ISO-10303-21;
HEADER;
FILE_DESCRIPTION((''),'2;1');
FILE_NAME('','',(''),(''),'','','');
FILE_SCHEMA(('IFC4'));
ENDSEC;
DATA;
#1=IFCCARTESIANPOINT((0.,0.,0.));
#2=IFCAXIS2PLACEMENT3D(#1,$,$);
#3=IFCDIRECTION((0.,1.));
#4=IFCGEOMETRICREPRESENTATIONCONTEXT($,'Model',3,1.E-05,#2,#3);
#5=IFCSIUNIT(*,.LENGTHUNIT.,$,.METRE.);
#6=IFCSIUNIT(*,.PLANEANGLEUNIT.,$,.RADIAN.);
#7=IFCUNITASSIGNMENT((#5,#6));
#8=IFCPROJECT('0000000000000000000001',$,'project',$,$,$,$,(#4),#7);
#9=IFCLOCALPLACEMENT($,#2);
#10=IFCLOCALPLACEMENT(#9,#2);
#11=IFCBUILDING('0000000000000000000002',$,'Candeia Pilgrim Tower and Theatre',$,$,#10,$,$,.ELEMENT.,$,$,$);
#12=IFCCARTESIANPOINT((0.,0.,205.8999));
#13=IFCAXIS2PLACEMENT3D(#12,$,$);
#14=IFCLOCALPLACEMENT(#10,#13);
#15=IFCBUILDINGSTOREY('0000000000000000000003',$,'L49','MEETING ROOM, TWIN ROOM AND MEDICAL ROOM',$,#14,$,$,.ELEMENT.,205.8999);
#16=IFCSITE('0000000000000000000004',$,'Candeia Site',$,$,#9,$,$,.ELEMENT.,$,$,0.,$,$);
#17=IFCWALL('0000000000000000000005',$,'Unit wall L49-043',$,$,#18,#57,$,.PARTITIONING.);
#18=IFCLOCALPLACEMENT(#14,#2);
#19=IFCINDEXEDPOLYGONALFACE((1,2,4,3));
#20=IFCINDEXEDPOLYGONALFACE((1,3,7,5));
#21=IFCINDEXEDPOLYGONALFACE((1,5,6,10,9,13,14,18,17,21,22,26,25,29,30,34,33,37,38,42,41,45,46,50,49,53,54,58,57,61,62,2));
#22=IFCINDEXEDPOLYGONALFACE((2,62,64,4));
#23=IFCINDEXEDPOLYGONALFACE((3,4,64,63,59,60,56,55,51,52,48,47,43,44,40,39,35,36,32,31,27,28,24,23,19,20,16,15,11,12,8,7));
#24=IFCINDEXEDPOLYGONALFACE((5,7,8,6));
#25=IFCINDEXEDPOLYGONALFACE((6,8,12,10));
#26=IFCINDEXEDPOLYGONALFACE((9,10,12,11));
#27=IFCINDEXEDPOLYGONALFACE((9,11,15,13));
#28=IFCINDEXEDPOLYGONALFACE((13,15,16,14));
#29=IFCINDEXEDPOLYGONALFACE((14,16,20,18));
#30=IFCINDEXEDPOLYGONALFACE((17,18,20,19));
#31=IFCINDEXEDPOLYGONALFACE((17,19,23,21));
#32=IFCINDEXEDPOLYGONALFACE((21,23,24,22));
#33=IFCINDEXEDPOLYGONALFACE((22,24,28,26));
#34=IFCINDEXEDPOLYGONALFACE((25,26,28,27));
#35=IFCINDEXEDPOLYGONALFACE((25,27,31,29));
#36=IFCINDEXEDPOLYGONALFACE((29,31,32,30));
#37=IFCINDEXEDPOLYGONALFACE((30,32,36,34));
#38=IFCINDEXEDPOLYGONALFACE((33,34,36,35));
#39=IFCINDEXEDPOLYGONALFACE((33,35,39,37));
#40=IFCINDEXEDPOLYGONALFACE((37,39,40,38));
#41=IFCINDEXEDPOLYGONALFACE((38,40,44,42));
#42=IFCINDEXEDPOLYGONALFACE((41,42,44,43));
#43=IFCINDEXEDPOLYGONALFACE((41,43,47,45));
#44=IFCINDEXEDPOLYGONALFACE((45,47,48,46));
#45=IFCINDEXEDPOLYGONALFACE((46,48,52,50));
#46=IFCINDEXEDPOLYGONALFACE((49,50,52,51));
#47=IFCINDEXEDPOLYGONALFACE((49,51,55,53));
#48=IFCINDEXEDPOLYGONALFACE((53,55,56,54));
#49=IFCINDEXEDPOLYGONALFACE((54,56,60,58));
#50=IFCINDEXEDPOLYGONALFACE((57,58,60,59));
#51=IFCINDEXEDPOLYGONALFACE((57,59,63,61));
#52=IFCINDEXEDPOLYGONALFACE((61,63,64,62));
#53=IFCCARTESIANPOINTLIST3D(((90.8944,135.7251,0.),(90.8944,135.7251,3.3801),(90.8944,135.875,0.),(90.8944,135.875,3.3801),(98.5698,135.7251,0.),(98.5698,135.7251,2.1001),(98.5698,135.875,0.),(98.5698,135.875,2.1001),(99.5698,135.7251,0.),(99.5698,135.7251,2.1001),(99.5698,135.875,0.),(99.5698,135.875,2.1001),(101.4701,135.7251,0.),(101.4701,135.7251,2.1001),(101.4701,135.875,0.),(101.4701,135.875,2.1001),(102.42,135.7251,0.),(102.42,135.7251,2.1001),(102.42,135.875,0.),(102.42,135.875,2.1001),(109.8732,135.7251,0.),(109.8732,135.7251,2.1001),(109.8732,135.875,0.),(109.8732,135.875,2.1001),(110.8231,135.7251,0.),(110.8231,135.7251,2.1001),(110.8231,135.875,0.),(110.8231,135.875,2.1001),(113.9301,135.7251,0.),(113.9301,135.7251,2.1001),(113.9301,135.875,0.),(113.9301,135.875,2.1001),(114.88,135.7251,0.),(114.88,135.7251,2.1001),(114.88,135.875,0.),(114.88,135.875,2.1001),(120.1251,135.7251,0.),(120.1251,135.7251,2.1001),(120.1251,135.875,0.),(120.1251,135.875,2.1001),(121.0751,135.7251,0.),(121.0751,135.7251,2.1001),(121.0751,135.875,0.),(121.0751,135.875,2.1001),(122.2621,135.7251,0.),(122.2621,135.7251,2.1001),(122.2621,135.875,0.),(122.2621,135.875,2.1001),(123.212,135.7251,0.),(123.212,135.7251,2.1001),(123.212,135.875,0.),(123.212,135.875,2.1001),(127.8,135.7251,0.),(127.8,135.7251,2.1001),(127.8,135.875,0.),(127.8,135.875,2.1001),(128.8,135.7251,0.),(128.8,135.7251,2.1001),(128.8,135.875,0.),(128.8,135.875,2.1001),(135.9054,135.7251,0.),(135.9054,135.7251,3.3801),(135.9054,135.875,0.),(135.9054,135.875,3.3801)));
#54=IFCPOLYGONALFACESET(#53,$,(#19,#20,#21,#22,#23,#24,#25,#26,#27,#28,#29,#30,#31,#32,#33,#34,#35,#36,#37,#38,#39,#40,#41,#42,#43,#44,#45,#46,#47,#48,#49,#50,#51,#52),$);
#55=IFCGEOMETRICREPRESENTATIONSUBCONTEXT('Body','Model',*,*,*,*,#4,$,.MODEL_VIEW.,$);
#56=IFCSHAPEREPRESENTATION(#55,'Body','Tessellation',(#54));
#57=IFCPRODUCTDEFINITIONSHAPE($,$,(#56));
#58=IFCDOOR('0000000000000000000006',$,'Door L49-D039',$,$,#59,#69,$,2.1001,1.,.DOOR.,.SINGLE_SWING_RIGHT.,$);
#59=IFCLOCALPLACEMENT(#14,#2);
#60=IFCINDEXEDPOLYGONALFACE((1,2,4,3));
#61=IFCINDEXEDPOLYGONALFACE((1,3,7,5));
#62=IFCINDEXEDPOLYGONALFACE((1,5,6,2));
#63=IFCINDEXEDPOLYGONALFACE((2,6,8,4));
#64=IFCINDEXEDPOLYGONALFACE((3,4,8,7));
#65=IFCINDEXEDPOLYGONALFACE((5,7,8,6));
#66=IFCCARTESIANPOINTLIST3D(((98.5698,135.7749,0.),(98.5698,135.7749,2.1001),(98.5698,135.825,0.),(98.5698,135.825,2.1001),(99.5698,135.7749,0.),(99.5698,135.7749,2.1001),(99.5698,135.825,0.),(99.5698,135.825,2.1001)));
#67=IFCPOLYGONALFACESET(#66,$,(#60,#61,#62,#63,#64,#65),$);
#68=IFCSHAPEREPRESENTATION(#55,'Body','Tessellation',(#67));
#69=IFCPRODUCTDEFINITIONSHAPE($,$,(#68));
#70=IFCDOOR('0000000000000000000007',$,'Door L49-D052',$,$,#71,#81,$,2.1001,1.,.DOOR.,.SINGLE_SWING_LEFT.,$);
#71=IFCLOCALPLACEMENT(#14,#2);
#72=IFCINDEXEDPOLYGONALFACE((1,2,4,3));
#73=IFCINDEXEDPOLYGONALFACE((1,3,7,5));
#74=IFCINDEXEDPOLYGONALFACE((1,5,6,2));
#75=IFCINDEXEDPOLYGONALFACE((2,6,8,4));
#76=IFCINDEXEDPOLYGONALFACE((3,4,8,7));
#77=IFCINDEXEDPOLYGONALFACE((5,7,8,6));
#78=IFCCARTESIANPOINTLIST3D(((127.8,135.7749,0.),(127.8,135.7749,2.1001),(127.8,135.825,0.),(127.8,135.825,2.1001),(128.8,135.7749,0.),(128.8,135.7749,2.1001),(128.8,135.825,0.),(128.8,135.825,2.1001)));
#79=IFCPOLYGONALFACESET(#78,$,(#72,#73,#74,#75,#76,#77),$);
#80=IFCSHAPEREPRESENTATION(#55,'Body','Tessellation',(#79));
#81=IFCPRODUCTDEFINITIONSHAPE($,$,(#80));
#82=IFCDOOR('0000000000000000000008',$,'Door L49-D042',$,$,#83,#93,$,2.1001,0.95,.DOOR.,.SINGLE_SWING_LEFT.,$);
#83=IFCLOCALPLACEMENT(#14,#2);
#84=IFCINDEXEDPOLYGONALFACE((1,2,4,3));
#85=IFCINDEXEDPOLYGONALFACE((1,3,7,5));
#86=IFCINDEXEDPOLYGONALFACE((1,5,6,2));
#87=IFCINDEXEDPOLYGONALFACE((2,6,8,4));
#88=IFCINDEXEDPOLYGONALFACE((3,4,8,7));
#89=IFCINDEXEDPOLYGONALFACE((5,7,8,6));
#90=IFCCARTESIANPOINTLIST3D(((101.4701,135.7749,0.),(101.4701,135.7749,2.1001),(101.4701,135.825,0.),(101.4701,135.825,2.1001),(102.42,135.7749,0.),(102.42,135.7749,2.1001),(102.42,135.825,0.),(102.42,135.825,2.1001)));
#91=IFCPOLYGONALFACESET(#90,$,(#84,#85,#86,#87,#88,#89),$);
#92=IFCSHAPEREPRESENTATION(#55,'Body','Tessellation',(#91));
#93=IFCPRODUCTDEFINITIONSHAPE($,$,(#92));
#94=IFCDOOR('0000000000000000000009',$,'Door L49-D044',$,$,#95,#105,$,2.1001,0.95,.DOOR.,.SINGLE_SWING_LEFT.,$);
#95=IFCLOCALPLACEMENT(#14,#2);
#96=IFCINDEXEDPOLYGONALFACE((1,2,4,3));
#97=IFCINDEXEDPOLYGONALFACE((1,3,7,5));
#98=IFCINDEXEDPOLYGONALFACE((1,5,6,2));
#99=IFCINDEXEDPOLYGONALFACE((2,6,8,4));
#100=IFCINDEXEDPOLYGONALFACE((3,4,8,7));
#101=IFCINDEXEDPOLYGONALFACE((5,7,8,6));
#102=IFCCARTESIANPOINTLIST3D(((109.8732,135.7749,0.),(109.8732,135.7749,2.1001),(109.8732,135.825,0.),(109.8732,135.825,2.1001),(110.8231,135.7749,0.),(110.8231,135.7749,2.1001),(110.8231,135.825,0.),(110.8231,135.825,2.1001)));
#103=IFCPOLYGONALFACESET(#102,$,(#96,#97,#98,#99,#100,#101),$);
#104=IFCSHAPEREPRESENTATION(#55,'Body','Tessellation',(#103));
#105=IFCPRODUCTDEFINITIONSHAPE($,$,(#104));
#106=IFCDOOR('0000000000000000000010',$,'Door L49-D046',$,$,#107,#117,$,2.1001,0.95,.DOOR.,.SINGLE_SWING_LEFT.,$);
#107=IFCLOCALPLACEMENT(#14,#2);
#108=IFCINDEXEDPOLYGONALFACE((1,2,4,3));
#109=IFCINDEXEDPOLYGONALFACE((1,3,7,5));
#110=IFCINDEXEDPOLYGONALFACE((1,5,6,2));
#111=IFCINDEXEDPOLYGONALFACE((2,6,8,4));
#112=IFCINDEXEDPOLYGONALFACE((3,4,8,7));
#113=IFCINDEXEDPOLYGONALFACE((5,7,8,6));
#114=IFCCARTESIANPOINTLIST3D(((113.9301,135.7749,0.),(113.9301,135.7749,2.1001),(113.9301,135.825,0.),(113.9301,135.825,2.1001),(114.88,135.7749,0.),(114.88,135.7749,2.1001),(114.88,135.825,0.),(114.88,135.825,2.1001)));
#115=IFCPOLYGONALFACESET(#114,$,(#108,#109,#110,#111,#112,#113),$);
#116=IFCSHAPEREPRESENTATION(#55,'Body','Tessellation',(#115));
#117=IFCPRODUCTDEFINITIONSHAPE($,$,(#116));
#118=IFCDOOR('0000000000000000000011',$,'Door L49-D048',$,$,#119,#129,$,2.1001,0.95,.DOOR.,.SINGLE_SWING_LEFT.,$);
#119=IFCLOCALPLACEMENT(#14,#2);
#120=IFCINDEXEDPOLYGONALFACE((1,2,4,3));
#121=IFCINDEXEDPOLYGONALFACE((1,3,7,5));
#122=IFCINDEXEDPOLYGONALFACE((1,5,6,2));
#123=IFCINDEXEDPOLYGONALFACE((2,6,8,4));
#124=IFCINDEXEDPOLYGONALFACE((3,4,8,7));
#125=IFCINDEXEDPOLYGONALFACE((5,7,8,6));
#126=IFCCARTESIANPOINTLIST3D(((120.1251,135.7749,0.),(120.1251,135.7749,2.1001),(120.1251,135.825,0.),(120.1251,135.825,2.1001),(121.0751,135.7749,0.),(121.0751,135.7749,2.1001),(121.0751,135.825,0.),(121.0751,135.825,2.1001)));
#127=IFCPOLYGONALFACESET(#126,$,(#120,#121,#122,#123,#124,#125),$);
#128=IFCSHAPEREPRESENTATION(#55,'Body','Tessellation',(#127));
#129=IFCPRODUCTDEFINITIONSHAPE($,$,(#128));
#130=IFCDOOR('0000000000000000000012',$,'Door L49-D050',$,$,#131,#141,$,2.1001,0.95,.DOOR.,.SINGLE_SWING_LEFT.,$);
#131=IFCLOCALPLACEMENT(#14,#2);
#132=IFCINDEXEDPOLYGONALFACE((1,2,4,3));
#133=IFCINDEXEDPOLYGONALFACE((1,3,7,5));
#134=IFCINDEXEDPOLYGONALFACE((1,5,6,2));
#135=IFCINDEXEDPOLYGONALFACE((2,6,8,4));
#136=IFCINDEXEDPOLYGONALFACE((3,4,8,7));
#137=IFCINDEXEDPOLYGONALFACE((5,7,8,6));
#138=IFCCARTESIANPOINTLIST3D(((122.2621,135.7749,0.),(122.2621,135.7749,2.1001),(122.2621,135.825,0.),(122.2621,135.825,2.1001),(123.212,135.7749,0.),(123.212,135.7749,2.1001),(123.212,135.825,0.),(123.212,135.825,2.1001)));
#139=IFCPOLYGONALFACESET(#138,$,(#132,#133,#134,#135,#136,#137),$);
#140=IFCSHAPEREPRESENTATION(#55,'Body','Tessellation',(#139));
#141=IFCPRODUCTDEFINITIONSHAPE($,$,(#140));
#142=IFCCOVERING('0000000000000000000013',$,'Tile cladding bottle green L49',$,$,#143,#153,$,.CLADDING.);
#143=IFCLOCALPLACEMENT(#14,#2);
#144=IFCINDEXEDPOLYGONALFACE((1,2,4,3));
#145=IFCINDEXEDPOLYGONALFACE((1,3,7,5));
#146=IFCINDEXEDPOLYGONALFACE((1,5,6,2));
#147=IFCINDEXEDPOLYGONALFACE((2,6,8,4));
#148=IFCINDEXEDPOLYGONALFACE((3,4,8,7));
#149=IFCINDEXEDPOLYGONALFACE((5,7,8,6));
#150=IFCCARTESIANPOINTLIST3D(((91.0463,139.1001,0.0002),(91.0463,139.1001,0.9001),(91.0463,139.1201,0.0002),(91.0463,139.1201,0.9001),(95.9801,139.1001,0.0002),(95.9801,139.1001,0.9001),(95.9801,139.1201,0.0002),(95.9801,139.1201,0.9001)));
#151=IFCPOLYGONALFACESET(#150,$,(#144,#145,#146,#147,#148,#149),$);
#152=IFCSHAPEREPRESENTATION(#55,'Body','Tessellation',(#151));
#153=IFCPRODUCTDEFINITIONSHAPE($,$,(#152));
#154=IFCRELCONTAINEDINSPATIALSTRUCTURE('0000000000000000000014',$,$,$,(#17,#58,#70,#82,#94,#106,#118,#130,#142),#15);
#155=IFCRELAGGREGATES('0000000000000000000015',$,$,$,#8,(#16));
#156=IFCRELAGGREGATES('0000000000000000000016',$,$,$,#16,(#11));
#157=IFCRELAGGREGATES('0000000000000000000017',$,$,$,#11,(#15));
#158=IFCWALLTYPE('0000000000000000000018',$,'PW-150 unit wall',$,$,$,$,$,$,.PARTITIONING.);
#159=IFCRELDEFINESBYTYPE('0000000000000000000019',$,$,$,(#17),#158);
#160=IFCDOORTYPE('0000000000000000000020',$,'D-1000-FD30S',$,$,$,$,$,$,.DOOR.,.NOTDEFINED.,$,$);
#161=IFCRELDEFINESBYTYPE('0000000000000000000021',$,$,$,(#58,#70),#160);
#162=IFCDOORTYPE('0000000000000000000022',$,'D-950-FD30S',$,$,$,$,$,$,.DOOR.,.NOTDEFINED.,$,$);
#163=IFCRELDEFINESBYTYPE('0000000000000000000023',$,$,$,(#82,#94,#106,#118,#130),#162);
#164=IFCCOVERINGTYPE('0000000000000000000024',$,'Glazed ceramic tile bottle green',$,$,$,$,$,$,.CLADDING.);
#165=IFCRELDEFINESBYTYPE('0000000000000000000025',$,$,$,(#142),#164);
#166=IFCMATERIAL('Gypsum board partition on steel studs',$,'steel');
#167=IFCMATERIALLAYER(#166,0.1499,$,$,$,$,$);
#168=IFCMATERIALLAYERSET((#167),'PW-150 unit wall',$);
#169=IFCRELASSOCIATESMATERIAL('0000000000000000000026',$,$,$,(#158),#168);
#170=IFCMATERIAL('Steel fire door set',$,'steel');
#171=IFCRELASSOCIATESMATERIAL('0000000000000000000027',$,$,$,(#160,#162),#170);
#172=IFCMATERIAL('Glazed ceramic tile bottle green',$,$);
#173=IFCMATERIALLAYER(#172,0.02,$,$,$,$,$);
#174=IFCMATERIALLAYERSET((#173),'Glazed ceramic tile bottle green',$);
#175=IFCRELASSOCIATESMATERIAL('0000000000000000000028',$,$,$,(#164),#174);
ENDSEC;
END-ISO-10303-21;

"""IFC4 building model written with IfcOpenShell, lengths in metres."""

from ifc_helpers import new_model, si_unit, direction, frame, frame_2d, origin, origin_2d, place, context, subcontext, project, spatial, rectangle, extrude, material, layer, layer_set, type_object, element, fill, save


model = new_model("IFC4")

# Units and contexts
model_context = context("Model", 3, precision=1e-05, world=origin(), true_north=direction((0.0, 1.0)))
body_context = subcontext(model_context, "Body", "Model", "MODEL_VIEW")
ifc_project = project(units=[si_unit("LENGTHUNIT", "METRE"), si_unit("PLANEANGLEUNIT", "RADIAN")], contexts=[model_context])

# Site, building, storey
site_placement = place(None, origin())
site = spatial("IfcSite", under=ifc_project, at=site_placement, Name="Candeia Site", CompositionType="ELEMENT", RefElevation=0.0)
building_placement = place(site_placement, origin())
building = spatial("IfcBuilding", under=site, at=building_placement, Name="Candeia Pilgrim Tower and Theatre", CompositionType="ELEMENT")
storey_placement = place(building_placement, frame((0.0, 0.0, 205.8999)))
storey = spatial("IfcBuildingStorey", under=building, at=storey_placement, Name="L49", Description="MEETING ROOM, TWIN ROOM AND MEDICAL ROOM", CompositionType="ELEMENT", Elevation=205.8999)

# Shared definitions
ifc_material_1 = material(Name="Gypsum board partition on steel studs", Category="steel")

# Wall, openings, doors
ifc_layer_1 = layer(ifc_material_1, 0.1499)
ifc_layer_set_1 = layer_set([ifc_layer_1], Name="PW-150 unit wall")
wall_type_1 = type_object("IfcWallType", Name="PW-150 unit wall", PredefinedType="PARTITIONING", material=ifc_layer_set_1)
wall_1_placement = place(storey_placement, frame((90.8945, 135.8, 0.0), z_axis=(0.0, 0.0, 1.0), x_axis=(1.0, 0.0, 0.0)))
wall_1 = element("IfcWall", 1, at=wall_1_placement, inside=storey, type_object=wall_type_1, Name="Unit wall L49-043", PredefinedType="PARTITIONING", context=body_context, shape_type="SweptSolid", body=[
    extrude(rectangle(XDim=45.011, YDim=0.1499, at=frame_2d((22.5054, 0.0))), origin(), (0.0, 0.0, 1.0), 3.3801),
])
opening_1_placement = place(wall_1_placement, frame((7.6753, 0.0, 0.0)))
opening_1 = element("IfcOpeningElement", 2, at=opening_1_placement, cuts=wall_1, PredefinedType="OPENING", context=body_context, shape_type="SweptSolid", body=[
    extrude(rectangle(XDim=1.0, YDim=2.1001, at=frame_2d((0.5, 1.05))), frame((0.0, 0.085, 0.0), z_axis=(0.0, -1.0, 0.0), x_axis=(1.0, 0.0, 0.0)), (0.0, 0.0, 1.0), 0.1699),
])
opening_2_placement = place(wall_1_placement, frame((10.5754, 0.0, 0.0)))
opening_2 = element("IfcOpeningElement", 3, at=opening_2_placement, cuts=wall_1, PredefinedType="OPENING", context=body_context, shape_type="SweptSolid", body=[
    extrude(rectangle(XDim=0.95, YDim=2.1001, at=frame_2d((0.4751, 1.05))), frame((0.0, 0.085, 0.0), z_axis=(0.0, -1.0, 0.0), x_axis=(1.0, 0.0, 0.0)), (0.0, 0.0, 1.0), 0.1699),
])
opening_3_placement = place(wall_1_placement, frame((18.9785, 0.0, 0.0)))
opening_3 = element("IfcOpeningElement", 4, at=opening_3_placement, cuts=wall_1, PredefinedType="OPENING", context=body_context, shape_type="SweptSolid", body=[
    extrude(rectangle(XDim=0.95, YDim=2.1001, at=frame_2d((0.4751, 1.05))), frame((0.0, 0.085, 0.0), z_axis=(0.0, -1.0, 0.0), x_axis=(1.0, 0.0, 0.0)), (0.0, 0.0, 1.0), 0.1699),
])
opening_4_placement = place(wall_1_placement, frame((23.0354, 0.0, 0.0)))
opening_4 = element("IfcOpeningElement", 5, at=opening_4_placement, cuts=wall_1, PredefinedType="OPENING", context=body_context, shape_type="SweptSolid", body=[
    extrude(rectangle(XDim=0.95, YDim=2.1001, at=frame_2d((0.4751, 1.05))), frame((0.0, 0.085, 0.0), z_axis=(0.0, -1.0, 0.0), x_axis=(1.0, 0.0, 0.0)), (0.0, 0.0, 1.0), 0.1699),
])
opening_5_placement = place(wall_1_placement, frame((29.2305, 0.0, 0.0)))
opening_5 = element("IfcOpeningElement", 6, at=opening_5_placement, cuts=wall_1, PredefinedType="OPENING", context=body_context, shape_type="SweptSolid", body=[
    extrude(rectangle(XDim=0.95, YDim=2.1001, at=frame_2d((0.4751, 1.05))), frame((0.0, 0.085, 0.0), z_axis=(0.0, -1.0, 0.0), x_axis=(1.0, 0.0, 0.0)), (0.0, 0.0, 1.0), 0.1699),
])
opening_6_placement = place(wall_1_placement, frame((31.3674, 0.0, 0.0)))
opening_6 = element("IfcOpeningElement", 7, at=opening_6_placement, cuts=wall_1, PredefinedType="OPENING", context=body_context, shape_type="SweptSolid", body=[
    extrude(rectangle(XDim=0.95, YDim=2.1001, at=frame_2d((0.4751, 1.05))), frame((0.0, 0.085, 0.0), z_axis=(0.0, -1.0, 0.0), x_axis=(1.0, 0.0, 0.0)), (0.0, 0.0, 1.0), 0.1699),
])
opening_7_placement = place(wall_1_placement, frame((36.9055, 0.0, 0.0)))
opening_7 = element("IfcOpeningElement", 8, at=opening_7_placement, cuts=wall_1, PredefinedType="OPENING", context=body_context, shape_type="SweptSolid", body=[
    extrude(rectangle(XDim=1.0, YDim=2.1001, at=frame_2d((0.5, 1.05))), frame((0.0, 0.085, 0.0), z_axis=(0.0, -1.0, 0.0), x_axis=(1.0, 0.0, 0.0)), (0.0, 0.0, 1.0), 0.1699),
])
ifc_material_2 = material(Name="Steel fire door set", Category="steel")
door_type_1 = type_object("IfcDoorType", Name="D-1000-FD30S", OperationType="NOTDEFINED", PredefinedType="DOOR", material=ifc_material_2)
door_1_placement = place(opening_1_placement, origin())
door_1 = element("IfcDoor", 9, at=door_1_placement, inside=storey, type_object=door_type_1, Name="Door L49-D039", OperationType="SINGLE_SWING_RIGHT", OverallHeight=2.1001, OverallWidth=1.0, PredefinedType="DOOR", context=body_context, shape_type="SweptSolid", body=[
    extrude(rectangle(XDim=1.0, YDim=2.1001, at=frame_2d((0.5, 1.05))), frame((0.0, 0.0249, 0.0), z_axis=(0.0, -1.0, 0.0), x_axis=(1.0, 0.0, 0.0)), (0.0, 0.0, 1.0), 0.05),
])
fill(opening_1, door_1)
door_2_placement = place(opening_7_placement, origin())
door_2 = element("IfcDoor", 10, at=door_2_placement, inside=storey, type_object=door_type_1, Name="Door L49-D052", OperationType="SINGLE_SWING_LEFT", OverallHeight=2.1001, OverallWidth=1.0, PredefinedType="DOOR", context=body_context, shape_type="SweptSolid", body=[
    extrude(rectangle(XDim=1.0, YDim=2.1001, at=frame_2d((0.5, 1.05))), frame((0.0, 0.0249, 0.0), z_axis=(0.0, -1.0, 0.0), x_axis=(1.0, 0.0, 0.0)), (0.0, 0.0, 1.0), 0.05),
])
fill(opening_7, door_2)
door_type_2 = type_object("IfcDoorType", Name="D-950-FD30S", OperationType="NOTDEFINED", PredefinedType="DOOR", material=ifc_material_2)
door_3_placement = place(opening_2_placement, origin())
door_3 = element("IfcDoor", 11, at=door_3_placement, inside=storey, type_object=door_type_2, Name="Door L49-D042", OperationType="SINGLE_SWING_LEFT", OverallHeight=2.1001, OverallWidth=0.95, PredefinedType="DOOR", context=body_context, shape_type="SweptSolid", body=[
    extrude(rectangle(XDim=0.95, YDim=2.1001, at=frame_2d((0.4751, 1.05))), frame((0.0, 0.0249, 0.0), z_axis=(0.0, -1.0, 0.0), x_axis=(1.0, 0.0, 0.0)), (0.0, 0.0, 1.0), 0.05),
])
fill(opening_2, door_3)
door_4_placement = place(opening_3_placement, origin())
door_4 = element("IfcDoor", 12, at=door_4_placement, inside=storey, type_object=door_type_2, Name="Door L49-D044", OperationType="SINGLE_SWING_LEFT", OverallHeight=2.1001, OverallWidth=0.95, PredefinedType="DOOR", context=body_context, shape_type="SweptSolid", body=[
    extrude(rectangle(XDim=0.95, YDim=2.1001, at=frame_2d((0.4751, 1.05))), frame((0.0, 0.0249, 0.0), z_axis=(0.0, -1.0, 0.0), x_axis=(1.0, 0.0, 0.0)), (0.0, 0.0, 1.0), 0.05),
])
fill(opening_3, door_4)
door_5_placement = place(opening_4_placement, origin())
door_5 = element("IfcDoor", 13, at=door_5_placement, inside=storey, type_object=door_type_2, Name="Door L49-D046", OperationType="SINGLE_SWING_LEFT", OverallHeight=2.1001, OverallWidth=0.95, PredefinedType="DOOR", context=body_context, shape_type="SweptSolid", body=[
    extrude(rectangle(XDim=0.95, YDim=2.1001, at=frame_2d((0.4751, 1.05))), frame((0.0, 0.0249, 0.0), z_axis=(0.0, -1.0, 0.0), x_axis=(1.0, 0.0, 0.0)), (0.0, 0.0, 1.0), 0.05),
])
fill(opening_4, door_5)
door_6_placement = place(opening_5_placement, origin())
door_6 = element("IfcDoor", 14, at=door_6_placement, inside=storey, type_object=door_type_2, Name="Door L49-D048", OperationType="SINGLE_SWING_LEFT", OverallHeight=2.1001, OverallWidth=0.95, PredefinedType="DOOR", context=body_context, shape_type="SweptSolid", body=[
    extrude(rectangle(XDim=0.95, YDim=2.1001, at=frame_2d((0.4751, 1.05))), frame((0.0, 0.0249, 0.0), z_axis=(0.0, -1.0, 0.0), x_axis=(1.0, 0.0, 0.0)), (0.0, 0.0, 1.0), 0.05),
])
fill(opening_5, door_6)
door_7_placement = place(opening_6_placement, origin())
door_7 = element("IfcDoor", 15, at=door_7_placement, inside=storey, type_object=door_type_2, Name="Door L49-D050", OperationType="SINGLE_SWING_LEFT", OverallHeight=2.1001, OverallWidth=0.95, PredefinedType="DOOR", context=body_context, shape_type="SweptSolid", body=[
    extrude(rectangle(XDim=0.95, YDim=2.1001, at=frame_2d((0.4751, 1.05))), frame((0.0, 0.0249, 0.0), z_axis=(0.0, -1.0, 0.0), x_axis=(1.0, 0.0, 0.0)), (0.0, 0.0, 1.0), 0.05),
])
fill(opening_6, door_7)

# Covering
ifc_material_3 = material(Name="Glazed ceramic tile bottle green")
ifc_layer_2 = layer(ifc_material_3, 0.02)
ifc_layer_set_2 = layer_set([ifc_layer_2], Name="Glazed ceramic tile bottle green")
covering_type = type_object("IfcCoveringType", Name="Glazed ceramic tile bottle green", PredefinedType="CLADDING", material=ifc_layer_set_2)
covering_1_placement = place(storey_placement, frame((93.5132, 139.1101, 0.0002), z_axis=(0.0, 0.0, 1.0), x_axis=(-1.0, 0.0, 0.0)))
element("IfcCovering", 16, at=covering_1_placement, inside=storey, type_object=covering_type, Name="Tile cladding bottle green L49", PredefinedType="CLADDING", context=body_context, shape_type="SweptSolid", body=[
    extrude(rectangle(XDim=4.9338, YDim=0.02, at=origin_2d()), origin(), (0.0, 0.0, 1.0), 0.8999),
])

save(model, "model.ifc")
